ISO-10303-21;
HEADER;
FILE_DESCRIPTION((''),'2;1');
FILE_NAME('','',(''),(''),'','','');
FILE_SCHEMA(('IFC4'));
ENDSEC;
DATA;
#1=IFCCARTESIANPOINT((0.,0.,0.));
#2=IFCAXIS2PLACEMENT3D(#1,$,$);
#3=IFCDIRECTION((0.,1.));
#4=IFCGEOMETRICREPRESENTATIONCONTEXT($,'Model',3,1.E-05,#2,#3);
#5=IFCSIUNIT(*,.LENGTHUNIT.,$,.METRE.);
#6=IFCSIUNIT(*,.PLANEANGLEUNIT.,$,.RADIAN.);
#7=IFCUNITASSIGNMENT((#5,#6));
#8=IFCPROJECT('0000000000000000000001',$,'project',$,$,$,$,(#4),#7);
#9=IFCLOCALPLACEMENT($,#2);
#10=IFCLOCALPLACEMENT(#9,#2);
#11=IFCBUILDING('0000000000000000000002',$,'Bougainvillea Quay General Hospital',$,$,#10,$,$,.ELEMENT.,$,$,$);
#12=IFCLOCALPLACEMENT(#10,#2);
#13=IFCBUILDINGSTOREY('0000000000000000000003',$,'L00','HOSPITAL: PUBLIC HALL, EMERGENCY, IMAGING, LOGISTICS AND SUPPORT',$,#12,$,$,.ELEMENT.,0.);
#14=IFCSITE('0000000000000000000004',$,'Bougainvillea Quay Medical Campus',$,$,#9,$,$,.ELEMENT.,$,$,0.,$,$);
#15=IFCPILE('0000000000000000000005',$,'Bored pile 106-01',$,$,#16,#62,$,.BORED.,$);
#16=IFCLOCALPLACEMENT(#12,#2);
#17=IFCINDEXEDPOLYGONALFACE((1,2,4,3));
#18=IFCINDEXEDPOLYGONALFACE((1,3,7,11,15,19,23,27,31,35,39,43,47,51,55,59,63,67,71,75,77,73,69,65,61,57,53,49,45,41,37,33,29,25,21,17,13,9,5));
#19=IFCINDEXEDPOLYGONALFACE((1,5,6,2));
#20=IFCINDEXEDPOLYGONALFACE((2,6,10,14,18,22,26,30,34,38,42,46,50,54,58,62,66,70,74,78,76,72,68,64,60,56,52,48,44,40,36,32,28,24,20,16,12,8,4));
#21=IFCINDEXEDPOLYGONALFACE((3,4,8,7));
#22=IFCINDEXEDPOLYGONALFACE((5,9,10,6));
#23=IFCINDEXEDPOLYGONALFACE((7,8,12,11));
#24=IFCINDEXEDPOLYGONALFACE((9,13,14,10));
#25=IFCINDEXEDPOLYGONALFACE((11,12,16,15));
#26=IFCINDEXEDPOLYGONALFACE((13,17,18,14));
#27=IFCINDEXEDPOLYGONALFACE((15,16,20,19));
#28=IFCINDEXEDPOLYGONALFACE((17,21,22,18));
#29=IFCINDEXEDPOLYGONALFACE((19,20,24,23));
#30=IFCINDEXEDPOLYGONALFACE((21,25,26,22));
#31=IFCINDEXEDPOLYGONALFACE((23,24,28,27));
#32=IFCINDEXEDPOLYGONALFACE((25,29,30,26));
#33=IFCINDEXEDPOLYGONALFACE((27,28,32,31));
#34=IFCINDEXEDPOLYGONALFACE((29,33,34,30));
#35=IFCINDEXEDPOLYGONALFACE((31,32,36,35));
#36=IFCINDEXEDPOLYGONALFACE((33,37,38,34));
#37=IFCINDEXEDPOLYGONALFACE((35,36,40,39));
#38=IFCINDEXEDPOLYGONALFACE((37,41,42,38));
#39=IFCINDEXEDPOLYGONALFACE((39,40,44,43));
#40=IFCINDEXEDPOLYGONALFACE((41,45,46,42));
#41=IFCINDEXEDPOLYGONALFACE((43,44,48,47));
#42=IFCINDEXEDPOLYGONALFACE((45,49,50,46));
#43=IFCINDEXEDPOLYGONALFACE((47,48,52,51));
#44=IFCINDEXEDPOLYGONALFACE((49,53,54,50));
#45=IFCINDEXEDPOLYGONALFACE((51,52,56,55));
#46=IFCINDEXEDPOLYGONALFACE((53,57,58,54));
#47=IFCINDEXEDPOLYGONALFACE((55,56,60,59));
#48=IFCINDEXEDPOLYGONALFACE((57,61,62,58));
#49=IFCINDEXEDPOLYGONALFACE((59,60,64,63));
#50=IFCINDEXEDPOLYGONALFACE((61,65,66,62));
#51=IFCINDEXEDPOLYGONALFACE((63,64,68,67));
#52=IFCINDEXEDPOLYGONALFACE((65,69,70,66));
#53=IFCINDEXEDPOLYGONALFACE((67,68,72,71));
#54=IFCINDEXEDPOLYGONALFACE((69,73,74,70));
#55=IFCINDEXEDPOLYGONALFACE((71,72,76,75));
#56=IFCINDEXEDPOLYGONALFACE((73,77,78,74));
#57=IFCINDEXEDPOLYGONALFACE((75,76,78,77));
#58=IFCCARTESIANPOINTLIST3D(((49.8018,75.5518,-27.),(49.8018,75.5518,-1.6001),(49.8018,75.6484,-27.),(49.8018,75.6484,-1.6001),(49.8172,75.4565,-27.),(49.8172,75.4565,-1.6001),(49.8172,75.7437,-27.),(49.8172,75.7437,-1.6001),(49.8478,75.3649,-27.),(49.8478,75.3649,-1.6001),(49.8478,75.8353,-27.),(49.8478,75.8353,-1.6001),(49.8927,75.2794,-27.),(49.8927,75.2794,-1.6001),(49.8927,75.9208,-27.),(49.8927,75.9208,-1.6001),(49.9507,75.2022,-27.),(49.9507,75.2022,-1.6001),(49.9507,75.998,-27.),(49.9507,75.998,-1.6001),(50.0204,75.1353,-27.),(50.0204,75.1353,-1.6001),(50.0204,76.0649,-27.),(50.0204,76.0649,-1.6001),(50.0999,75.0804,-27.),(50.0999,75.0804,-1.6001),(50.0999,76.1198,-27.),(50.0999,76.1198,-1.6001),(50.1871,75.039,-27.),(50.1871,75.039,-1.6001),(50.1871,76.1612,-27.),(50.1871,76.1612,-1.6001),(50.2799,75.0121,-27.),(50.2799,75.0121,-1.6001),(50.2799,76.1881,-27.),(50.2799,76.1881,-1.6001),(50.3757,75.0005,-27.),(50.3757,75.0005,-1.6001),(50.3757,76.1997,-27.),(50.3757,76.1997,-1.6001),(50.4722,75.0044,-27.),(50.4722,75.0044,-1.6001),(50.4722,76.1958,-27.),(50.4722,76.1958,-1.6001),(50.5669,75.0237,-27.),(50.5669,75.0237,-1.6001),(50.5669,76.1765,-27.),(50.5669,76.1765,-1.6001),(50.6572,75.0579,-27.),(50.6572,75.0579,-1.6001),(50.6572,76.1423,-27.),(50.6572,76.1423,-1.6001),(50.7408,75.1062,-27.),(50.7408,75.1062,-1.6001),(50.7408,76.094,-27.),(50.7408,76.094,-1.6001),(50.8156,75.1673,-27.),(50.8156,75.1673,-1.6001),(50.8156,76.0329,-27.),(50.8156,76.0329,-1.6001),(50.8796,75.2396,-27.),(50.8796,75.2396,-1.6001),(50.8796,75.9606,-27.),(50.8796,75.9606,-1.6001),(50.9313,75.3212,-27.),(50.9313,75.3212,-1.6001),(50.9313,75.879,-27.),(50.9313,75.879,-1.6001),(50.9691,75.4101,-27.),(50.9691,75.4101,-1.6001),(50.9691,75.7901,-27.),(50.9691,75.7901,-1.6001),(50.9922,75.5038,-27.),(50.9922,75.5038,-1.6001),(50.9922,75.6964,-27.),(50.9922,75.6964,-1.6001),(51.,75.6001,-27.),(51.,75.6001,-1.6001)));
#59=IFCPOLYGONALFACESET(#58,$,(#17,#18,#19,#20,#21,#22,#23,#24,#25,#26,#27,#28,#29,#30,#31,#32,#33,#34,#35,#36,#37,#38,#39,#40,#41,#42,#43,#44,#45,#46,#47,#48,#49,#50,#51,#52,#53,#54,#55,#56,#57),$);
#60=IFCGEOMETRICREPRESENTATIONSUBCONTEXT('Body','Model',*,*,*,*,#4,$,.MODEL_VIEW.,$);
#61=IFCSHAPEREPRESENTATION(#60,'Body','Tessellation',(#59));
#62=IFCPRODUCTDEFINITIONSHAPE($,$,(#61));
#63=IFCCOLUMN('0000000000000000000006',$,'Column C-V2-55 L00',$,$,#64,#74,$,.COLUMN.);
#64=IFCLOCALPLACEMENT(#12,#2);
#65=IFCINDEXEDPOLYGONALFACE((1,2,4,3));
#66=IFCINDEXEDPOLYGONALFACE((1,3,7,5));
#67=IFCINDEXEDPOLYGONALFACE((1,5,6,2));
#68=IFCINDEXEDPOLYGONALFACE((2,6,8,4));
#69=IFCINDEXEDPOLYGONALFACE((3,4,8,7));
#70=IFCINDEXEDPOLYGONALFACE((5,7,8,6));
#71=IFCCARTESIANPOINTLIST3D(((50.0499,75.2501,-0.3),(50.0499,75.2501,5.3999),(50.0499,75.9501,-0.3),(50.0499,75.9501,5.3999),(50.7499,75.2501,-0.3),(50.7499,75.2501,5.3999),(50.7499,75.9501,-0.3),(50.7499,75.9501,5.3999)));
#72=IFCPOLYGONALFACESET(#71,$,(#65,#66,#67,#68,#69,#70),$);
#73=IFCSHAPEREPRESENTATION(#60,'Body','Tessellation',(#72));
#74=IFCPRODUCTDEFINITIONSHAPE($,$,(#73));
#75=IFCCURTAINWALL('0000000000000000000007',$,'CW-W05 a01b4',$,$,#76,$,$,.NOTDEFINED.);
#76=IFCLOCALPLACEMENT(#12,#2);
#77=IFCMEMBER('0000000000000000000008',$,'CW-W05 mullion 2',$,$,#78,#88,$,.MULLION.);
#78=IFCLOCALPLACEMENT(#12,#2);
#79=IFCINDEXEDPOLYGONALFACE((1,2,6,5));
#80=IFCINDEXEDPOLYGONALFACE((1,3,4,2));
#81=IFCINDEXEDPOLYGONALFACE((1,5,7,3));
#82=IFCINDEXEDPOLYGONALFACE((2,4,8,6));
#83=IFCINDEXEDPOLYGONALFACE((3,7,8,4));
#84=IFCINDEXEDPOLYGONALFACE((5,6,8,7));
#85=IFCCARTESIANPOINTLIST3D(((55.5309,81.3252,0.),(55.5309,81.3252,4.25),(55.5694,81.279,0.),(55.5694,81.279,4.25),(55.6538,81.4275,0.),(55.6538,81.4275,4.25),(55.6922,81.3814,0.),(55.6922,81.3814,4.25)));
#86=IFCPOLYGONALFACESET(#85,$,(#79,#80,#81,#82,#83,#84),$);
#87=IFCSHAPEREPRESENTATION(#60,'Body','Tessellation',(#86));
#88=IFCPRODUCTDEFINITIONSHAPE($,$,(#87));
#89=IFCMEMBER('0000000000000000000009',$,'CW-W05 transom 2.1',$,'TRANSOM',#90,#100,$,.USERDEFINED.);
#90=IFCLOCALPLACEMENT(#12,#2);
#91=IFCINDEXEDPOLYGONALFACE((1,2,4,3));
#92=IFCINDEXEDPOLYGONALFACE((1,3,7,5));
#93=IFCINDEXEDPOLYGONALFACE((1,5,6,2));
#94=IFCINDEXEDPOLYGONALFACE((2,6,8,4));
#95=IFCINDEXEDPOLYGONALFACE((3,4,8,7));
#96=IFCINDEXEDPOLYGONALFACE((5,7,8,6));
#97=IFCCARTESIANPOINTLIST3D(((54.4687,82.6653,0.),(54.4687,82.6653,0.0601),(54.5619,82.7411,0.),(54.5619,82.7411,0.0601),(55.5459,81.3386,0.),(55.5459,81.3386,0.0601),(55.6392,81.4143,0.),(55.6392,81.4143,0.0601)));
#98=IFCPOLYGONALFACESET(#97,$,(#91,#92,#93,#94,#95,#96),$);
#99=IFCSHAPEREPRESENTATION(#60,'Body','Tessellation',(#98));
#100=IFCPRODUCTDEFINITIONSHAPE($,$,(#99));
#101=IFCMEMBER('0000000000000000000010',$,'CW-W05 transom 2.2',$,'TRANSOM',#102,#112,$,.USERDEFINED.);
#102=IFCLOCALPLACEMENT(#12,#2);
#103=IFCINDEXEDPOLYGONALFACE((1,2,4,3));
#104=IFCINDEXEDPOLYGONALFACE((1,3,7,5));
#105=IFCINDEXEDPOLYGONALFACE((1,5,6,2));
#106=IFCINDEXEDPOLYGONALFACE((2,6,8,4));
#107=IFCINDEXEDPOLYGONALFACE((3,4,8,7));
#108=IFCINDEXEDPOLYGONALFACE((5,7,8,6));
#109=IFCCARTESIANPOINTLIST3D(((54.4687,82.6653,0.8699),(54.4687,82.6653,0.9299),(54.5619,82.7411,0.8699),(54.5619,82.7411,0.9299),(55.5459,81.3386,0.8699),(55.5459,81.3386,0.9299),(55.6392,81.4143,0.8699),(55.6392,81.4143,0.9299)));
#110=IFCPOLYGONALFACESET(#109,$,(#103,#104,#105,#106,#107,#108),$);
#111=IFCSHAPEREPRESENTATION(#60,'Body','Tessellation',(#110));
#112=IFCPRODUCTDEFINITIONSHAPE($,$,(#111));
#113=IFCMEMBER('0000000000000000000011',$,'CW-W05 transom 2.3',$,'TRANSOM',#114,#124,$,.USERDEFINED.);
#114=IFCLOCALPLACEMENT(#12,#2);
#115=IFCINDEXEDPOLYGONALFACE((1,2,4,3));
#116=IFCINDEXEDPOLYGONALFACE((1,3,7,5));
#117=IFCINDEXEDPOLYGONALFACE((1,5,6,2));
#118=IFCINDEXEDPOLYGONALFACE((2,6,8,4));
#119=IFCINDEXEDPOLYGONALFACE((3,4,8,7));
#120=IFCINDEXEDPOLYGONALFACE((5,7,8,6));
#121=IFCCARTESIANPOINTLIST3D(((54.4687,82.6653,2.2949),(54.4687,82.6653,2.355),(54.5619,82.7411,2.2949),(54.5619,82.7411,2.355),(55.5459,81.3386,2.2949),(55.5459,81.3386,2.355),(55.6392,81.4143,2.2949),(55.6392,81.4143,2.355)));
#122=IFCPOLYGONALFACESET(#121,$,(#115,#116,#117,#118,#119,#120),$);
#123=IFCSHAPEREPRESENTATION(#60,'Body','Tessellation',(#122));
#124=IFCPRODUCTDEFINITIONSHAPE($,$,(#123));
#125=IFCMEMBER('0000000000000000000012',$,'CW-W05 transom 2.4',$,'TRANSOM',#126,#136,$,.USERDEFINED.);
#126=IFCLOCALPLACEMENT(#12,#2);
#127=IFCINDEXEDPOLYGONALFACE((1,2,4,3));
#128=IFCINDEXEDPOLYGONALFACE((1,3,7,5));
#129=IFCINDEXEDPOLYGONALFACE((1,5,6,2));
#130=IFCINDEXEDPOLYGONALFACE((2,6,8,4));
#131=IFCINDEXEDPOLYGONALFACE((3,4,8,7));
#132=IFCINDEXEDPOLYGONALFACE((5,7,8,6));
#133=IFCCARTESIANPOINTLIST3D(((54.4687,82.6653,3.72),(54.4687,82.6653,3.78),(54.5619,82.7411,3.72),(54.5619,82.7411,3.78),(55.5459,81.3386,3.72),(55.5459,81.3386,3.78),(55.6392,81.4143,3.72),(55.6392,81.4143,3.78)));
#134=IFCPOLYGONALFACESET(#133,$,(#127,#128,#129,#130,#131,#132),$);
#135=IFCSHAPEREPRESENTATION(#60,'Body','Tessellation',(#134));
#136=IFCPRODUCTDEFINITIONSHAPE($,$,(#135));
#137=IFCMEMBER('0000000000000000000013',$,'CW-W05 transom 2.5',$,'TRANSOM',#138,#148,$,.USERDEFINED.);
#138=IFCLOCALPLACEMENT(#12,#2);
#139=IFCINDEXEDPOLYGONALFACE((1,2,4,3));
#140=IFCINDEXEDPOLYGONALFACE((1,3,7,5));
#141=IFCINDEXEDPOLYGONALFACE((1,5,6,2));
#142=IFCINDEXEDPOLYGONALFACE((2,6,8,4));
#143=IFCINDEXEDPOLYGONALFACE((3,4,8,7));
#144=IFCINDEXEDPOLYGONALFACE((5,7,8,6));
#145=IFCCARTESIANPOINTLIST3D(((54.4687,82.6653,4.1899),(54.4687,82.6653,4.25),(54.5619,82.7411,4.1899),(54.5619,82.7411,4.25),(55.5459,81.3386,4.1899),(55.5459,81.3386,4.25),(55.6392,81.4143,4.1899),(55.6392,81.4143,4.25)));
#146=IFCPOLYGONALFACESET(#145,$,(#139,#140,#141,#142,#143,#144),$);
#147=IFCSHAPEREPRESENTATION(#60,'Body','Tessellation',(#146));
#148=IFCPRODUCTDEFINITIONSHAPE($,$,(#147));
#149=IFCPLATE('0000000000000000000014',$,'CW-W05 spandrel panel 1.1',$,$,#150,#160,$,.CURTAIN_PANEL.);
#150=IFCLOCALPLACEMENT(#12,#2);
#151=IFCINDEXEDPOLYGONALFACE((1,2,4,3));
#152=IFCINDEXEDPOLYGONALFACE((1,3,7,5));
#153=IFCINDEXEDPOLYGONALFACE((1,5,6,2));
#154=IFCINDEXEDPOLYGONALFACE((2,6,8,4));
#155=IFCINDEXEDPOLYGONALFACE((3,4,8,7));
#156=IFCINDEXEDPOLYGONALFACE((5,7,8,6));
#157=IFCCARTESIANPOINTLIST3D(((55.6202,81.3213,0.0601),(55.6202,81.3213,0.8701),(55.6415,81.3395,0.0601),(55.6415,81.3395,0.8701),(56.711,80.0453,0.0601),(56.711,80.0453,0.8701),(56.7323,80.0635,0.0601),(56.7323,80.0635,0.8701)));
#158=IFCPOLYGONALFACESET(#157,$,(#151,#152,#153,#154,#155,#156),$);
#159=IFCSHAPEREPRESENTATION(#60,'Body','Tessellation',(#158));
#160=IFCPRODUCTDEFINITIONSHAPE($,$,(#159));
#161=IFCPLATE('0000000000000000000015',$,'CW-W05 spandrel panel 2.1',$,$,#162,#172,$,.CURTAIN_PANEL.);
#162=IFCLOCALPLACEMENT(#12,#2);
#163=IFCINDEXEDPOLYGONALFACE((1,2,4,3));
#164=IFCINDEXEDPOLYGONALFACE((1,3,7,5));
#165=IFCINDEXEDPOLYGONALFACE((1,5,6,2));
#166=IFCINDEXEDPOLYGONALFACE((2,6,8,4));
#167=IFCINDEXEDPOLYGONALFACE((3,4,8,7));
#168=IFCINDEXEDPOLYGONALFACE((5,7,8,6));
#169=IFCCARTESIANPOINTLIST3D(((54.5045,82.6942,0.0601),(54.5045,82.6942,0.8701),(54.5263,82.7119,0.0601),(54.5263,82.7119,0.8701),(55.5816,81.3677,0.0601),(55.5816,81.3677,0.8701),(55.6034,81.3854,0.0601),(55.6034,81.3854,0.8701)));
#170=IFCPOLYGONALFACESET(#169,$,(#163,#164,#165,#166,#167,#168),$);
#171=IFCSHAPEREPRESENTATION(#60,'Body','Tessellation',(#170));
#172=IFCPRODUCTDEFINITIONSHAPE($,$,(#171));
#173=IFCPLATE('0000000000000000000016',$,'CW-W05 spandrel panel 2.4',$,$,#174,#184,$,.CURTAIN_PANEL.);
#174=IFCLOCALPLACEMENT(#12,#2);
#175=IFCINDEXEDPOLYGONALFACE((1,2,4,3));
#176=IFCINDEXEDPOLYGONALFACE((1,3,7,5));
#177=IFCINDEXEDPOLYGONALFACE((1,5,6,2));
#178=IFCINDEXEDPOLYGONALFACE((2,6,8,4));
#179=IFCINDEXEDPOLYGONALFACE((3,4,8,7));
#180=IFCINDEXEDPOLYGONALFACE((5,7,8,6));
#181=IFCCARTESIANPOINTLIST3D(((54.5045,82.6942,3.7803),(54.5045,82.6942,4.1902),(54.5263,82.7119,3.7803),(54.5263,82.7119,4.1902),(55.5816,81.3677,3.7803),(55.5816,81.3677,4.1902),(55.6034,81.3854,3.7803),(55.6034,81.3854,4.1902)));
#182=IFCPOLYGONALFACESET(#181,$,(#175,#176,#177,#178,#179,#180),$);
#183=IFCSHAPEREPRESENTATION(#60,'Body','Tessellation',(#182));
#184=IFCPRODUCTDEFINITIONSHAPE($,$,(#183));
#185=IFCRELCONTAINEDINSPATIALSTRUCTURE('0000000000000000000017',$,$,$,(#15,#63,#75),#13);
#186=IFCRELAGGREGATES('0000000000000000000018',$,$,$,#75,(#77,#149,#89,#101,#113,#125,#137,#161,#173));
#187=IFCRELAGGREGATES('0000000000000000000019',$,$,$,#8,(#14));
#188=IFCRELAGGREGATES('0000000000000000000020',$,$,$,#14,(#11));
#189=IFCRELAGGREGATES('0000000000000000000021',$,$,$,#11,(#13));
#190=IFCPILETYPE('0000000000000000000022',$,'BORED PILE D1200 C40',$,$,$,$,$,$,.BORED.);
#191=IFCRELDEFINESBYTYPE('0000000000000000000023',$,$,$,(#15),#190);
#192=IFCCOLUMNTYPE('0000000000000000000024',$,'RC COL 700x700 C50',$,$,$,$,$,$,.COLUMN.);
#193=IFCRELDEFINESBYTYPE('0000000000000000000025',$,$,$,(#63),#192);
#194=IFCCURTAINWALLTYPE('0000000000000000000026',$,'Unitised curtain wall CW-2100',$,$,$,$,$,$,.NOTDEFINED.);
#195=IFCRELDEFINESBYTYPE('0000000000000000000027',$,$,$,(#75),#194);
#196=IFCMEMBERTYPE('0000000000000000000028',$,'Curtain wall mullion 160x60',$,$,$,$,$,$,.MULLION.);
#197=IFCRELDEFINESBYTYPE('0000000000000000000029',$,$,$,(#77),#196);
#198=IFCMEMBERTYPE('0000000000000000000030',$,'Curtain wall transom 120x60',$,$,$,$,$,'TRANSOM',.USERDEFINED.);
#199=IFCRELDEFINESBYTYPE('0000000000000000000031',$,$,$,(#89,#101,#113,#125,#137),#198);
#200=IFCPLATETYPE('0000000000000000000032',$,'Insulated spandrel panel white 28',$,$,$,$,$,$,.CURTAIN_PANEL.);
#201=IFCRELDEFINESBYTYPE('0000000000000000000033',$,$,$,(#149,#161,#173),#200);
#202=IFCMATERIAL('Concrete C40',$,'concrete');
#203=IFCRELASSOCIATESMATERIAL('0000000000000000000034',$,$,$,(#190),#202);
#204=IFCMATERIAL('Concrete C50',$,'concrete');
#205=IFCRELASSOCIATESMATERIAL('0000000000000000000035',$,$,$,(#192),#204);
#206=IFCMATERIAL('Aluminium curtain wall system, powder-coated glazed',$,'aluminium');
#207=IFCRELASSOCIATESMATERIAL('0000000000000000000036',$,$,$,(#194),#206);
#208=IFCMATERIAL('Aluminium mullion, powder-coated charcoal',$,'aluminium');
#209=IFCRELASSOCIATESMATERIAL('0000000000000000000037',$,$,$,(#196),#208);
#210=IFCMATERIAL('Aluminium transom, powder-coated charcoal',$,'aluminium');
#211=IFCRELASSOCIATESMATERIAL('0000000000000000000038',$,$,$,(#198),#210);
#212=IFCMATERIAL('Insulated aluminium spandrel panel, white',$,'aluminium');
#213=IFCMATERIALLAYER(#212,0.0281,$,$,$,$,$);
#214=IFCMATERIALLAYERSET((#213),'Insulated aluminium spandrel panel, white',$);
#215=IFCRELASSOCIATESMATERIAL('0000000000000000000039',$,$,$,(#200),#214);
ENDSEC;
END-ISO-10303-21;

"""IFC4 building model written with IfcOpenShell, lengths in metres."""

from ifc_helpers import new_model, si_unit, direction, frame, origin, origin_2d, place, context, subcontext, project, spatial, rectangle, circle, extrude, material, layer, layer_set, material_profile, profile_set, type_object, element, aggregate, save


model = new_model("IFC4")

# Units and contexts
model_context = context("Model", 3, precision=1e-05, world=origin(), true_north=direction((0.0, 1.0)))
body_context = subcontext(model_context, "Body", "Model", "MODEL_VIEW")
ifc_project = project(units=[si_unit("LENGTHUNIT", "METRE"), si_unit("PLANEANGLEUNIT", "RADIAN")], contexts=[model_context])

# Site, building, storey
site_placement = place(None, origin())
site = spatial("IfcSite", under=ifc_project, at=site_placement, Name="Bougainvillea Quay Medical Campus", CompositionType="ELEMENT", RefElevation=0.0)
building_placement = place(site_placement, origin())
building = spatial("IfcBuilding", under=site, at=building_placement, Name="Bougainvillea Quay General Hospital", CompositionType="ELEMENT")
storey_placement = place(building_placement, origin())
storey = spatial("IfcBuildingStorey", under=building, at=storey_placement, Name="L00", Description="HOSPITAL: PUBLIC HALL, EMERGENCY, IMAGING, LOGISTICS AND SUPPORT", CompositionType="ELEMENT", Elevation=0.0)

# Pile
ifc_material_1 = material(Name="Concrete C40", Category="concrete")
ifc_material_profile_1 = material_profile(ifc_material_1, circle(Radius=0.6001, at=origin_2d()))
ifc_profile_set_1 = profile_set([ifc_material_profile_1], Name="Concrete C40")
pile_type = type_object("IfcPileType", Name="BORED PILE D1200 C40", PredefinedType="BORED", material=ifc_profile_set_1)
pile_placement = place(storey_placement, frame((50.3999, 75.6001, -1.6001), z_axis=(0.0, 0.0, -1.0), x_axis=(1.0, 0.0, 0.0)))
element("IfcPile", 1, at=pile_placement, inside=storey, type_object=pile_type, Name="Bored pile 106-01", PredefinedType="BORED", context=body_context, shape_type="SweptSolid", body=[
    extrude(circle(Radius=0.6001, at=origin_2d()), origin(), (0.0, 0.0, 1.0), 25.3999),
])

# Column
ifc_material_2 = material(Name="Concrete C50", Category="concrete")
ifc_material_profile_2 = material_profile(ifc_material_2, rectangle(XDim=0.7, YDim=0.7, at=origin_2d()))
ifc_profile_set_2 = profile_set([ifc_material_profile_2], Name="Concrete C50")
column_type = type_object("IfcColumnType", Name="RC COL 700x700 C50", PredefinedType="COLUMN", material=ifc_profile_set_2)
column_placement = place(storey_placement, frame((50.3999, 75.6001, -0.3), z_axis=(0.0, 0.0, 1.0), x_axis=(1.0, 0.0, 0.0)))
element("IfcColumn", 2, at=column_placement, inside=storey, type_object=column_type, Name="Column C-V2-55 L00", PredefinedType="COLUMN", context=body_context, shape_type="SweptSolid", body=[
    extrude(rectangle(XDim=0.7, YDim=0.7, at=origin_2d()), origin(), (0.0, 0.0, 1.0), 5.7),
])

# Curtain wall, members, plates
ifc_material_3 = material(Name="Aluminium curtain wall system, powder-coated glazed", Category="aluminium")
curtain_wall_type = type_object("IfcCurtainWallType", Name="Unitised curtain wall CW-2100", PredefinedType="NOTDEFINED", material=ifc_material_3)
curtain_wall_placement = place(storey_placement, origin())
curtain_wall = element("IfcCurtainWall", 3, at=curtain_wall_placement, inside=storey, type_object=curtain_wall_type, Name="CW-W05 a01b4", PredefinedType="NOTDEFINED")
ifc_material_4 = material(Name="Aluminium mullion, powder-coated charcoal", Category="aluminium")
ifc_material_profile_3 = material_profile(ifc_material_4, rectangle(XDim=0.1599, YDim=0.0601, at=origin_2d()))
ifc_profile_set_3 = profile_set([ifc_material_profile_3], Name="Aluminium mullion, powder-coated charcoal")
member_type_1 = type_object("IfcMemberType", Name="Curtain wall mullion 160x60", PredefinedType="MULLION", material=ifc_profile_set_3)
member_1_placement = place(storey_placement, frame((55.6116, 81.3533, 0.0), z_axis=(0.0, 0.0, 1.0), x_axis=(-0.768295, -0.640096, 0.0)))
member_1 = element("IfcMember", 4, at=member_1_placement, type_object=member_type_1, Name="CW-W05 mullion 2", PredefinedType="MULLION", context=body_context, shape_type="SweptSolid", body=[
    extrude(rectangle(XDim=0.1599, YDim=0.0601, at=origin_2d()), origin(), (0.0, 0.0, 1.0), 4.25),
])
ifc_material_5 = material(Name="Aluminium transom, powder-coated charcoal", Category="aluminium")
ifc_material_profile_4 = material_profile(ifc_material_5, rectangle(XDim=0.1201, YDim=0.0601, at=origin_2d()))
ifc_profile_set_4 = profile_set([ifc_material_profile_4], Name="Aluminium transom, powder-coated charcoal")
member_type_2 = type_object("IfcMemberType", Name="Curtain wall transom 120x60", ElementType="TRANSOM", PredefinedType="USERDEFINED", material=ifc_profile_set_4)
member_2_placement = place(storey_placement, frame((55.5925, 81.3765, 0.03), z_axis=(-0.630324, 0.776332, 0.0), x_axis=(-0.776332, -0.630324, 0.0)))
member_2 = element("IfcMember", 5, at=member_2_placement, type_object=member_type_2, Name="CW-W05 transom 2.1", ObjectType="TRANSOM", PredefinedType="USERDEFINED", context=body_context, shape_type="SweptSolid", body=[
    extrude(rectangle(XDim=0.1201, YDim=0.0601, at=origin_2d()), origin(), (0.0, 0.0, 1.0), 1.709),
])
member_3_placement = place(storey_placement, frame((55.5925, 81.3765, 0.8999), z_axis=(-0.630324, 0.776332, 0.0), x_axis=(-0.776332, -0.630324, 0.0)))
member_3 = element("IfcMember", 6, at=member_3_placement, type_object=member_type_2, Name="CW-W05 transom 2.2", ObjectType="TRANSOM", PredefinedType="USERDEFINED", context=body_context, shape_type="SweptSolid", body=[
    extrude(rectangle(XDim=0.1201, YDim=0.0601, at=origin_2d()), origin(), (0.0, 0.0, 1.0), 1.709),
])
member_4_placement = place(storey_placement, frame((55.5925, 81.3765, 2.325), z_axis=(-0.630324, 0.776332, 0.0), x_axis=(-0.776332, -0.630324, 0.0)))
member_4 = element("IfcMember", 7, at=member_4_placement, type_object=member_type_2, Name="CW-W05 transom 2.3", ObjectType="TRANSOM", PredefinedType="USERDEFINED", context=body_context, shape_type="SweptSolid", body=[
    extrude(rectangle(XDim=0.1201, YDim=0.0601, at=origin_2d()), origin(), (0.0, 0.0, 1.0), 1.709),
])
member_5_placement = place(storey_placement, frame((55.5925, 81.3765, 3.75), z_axis=(-0.630324, 0.776332, 0.0), x_axis=(-0.776332, -0.630324, 0.0)))
member_5 = element("IfcMember", 8, at=member_5_placement, type_object=member_type_2, Name="CW-W05 transom 2.4", ObjectType="TRANSOM", PredefinedType="USERDEFINED", context=body_context, shape_type="SweptSolid", body=[
    extrude(rectangle(XDim=0.1201, YDim=0.0601, at=origin_2d()), origin(), (0.0, 0.0, 1.0), 1.709),
])
member_6_placement = place(storey_placement, frame((55.5925, 81.3765, 4.22), z_axis=(-0.630324, 0.776332, 0.0), x_axis=(-0.776332, -0.630324, 0.0)))
member_6 = element("IfcMember", 9, at=member_6_placement, type_object=member_type_2, Name="CW-W05 transom 2.5", ObjectType="TRANSOM", PredefinedType="USERDEFINED", context=body_context, shape_type="SweptSolid", body=[
    extrude(rectangle(XDim=0.1201, YDim=0.0601, at=origin_2d()), origin(), (0.0, 0.0, 1.0), 1.709),
])
ifc_material_6 = material(Name="Insulated aluminium spandrel panel, white", Category="aluminium")
ifc_layer_1 = layer(ifc_material_6, 0.0281)
ifc_layer_set_1 = layer_set([ifc_layer_1], Name="Insulated aluminium spandrel panel, white")
plate_type_1 = type_object("IfcPlateType", Name="Insulated spandrel panel white 28", PredefinedType="CURTAIN_PANEL", material=ifc_layer_set_1)
plate_1_placement = place(storey_placement, frame((56.1763, 80.6924, 0.0601), z_axis=(0.0, 0.0, 1.0), x_axis=(-0.649786, 0.760117, 0.0)))
plate_1 = element("IfcPlate", 10, at=plate_1_placement, type_object=plate_type_1, Name="CW-W05 spandrel panel 1.1", PredefinedType="CURTAIN_PANEL", context=body_context, shape_type="SweptSolid", body=[
    extrude(rectangle(XDim=1.6787, YDim=0.0281, at=origin_2d()), origin(), (0.0, 0.0, 1.0), 0.8101),
])
plate_2_placement = place(storey_placement, frame((55.054, 82.0398, 0.0601), z_axis=(0.0, 0.0, 1.0), x_axis=(-0.630303, 0.776349, 0.0)))
plate_2 = element("IfcPlate", 11, at=plate_2_placement, type_object=plate_type_1, Name="CW-W05 spandrel panel 2.1", PredefinedType="CURTAIN_PANEL", context=body_context, shape_type="SweptSolid", body=[
    extrude(rectangle(XDim=1.7087, YDim=0.0281, at=origin_2d()), origin(), (0.0, 0.0, 1.0), 0.8101),
])
plate_3_placement = place(storey_placement, frame((55.054, 82.0398, 3.7803), z_axis=(0.0, 0.0, 1.0), x_axis=(-0.630303, 0.776349, 0.0)))
plate_3 = element("IfcPlate", 12, at=plate_3_placement, type_object=plate_type_1, Name="CW-W05 spandrel panel 2.4", PredefinedType="CURTAIN_PANEL", context=body_context, shape_type="SweptSolid", body=[
    extrude(rectangle(XDim=1.7087, YDim=0.0281, at=origin_2d()), origin(), (0.0, 0.0, 1.0), 0.4099),
])
aggregate(curtain_wall, [member_1, plate_1, member_2, member_3, member_4, member_5, member_6, plate_2, plate_3])

save(model, "model.ifc")
